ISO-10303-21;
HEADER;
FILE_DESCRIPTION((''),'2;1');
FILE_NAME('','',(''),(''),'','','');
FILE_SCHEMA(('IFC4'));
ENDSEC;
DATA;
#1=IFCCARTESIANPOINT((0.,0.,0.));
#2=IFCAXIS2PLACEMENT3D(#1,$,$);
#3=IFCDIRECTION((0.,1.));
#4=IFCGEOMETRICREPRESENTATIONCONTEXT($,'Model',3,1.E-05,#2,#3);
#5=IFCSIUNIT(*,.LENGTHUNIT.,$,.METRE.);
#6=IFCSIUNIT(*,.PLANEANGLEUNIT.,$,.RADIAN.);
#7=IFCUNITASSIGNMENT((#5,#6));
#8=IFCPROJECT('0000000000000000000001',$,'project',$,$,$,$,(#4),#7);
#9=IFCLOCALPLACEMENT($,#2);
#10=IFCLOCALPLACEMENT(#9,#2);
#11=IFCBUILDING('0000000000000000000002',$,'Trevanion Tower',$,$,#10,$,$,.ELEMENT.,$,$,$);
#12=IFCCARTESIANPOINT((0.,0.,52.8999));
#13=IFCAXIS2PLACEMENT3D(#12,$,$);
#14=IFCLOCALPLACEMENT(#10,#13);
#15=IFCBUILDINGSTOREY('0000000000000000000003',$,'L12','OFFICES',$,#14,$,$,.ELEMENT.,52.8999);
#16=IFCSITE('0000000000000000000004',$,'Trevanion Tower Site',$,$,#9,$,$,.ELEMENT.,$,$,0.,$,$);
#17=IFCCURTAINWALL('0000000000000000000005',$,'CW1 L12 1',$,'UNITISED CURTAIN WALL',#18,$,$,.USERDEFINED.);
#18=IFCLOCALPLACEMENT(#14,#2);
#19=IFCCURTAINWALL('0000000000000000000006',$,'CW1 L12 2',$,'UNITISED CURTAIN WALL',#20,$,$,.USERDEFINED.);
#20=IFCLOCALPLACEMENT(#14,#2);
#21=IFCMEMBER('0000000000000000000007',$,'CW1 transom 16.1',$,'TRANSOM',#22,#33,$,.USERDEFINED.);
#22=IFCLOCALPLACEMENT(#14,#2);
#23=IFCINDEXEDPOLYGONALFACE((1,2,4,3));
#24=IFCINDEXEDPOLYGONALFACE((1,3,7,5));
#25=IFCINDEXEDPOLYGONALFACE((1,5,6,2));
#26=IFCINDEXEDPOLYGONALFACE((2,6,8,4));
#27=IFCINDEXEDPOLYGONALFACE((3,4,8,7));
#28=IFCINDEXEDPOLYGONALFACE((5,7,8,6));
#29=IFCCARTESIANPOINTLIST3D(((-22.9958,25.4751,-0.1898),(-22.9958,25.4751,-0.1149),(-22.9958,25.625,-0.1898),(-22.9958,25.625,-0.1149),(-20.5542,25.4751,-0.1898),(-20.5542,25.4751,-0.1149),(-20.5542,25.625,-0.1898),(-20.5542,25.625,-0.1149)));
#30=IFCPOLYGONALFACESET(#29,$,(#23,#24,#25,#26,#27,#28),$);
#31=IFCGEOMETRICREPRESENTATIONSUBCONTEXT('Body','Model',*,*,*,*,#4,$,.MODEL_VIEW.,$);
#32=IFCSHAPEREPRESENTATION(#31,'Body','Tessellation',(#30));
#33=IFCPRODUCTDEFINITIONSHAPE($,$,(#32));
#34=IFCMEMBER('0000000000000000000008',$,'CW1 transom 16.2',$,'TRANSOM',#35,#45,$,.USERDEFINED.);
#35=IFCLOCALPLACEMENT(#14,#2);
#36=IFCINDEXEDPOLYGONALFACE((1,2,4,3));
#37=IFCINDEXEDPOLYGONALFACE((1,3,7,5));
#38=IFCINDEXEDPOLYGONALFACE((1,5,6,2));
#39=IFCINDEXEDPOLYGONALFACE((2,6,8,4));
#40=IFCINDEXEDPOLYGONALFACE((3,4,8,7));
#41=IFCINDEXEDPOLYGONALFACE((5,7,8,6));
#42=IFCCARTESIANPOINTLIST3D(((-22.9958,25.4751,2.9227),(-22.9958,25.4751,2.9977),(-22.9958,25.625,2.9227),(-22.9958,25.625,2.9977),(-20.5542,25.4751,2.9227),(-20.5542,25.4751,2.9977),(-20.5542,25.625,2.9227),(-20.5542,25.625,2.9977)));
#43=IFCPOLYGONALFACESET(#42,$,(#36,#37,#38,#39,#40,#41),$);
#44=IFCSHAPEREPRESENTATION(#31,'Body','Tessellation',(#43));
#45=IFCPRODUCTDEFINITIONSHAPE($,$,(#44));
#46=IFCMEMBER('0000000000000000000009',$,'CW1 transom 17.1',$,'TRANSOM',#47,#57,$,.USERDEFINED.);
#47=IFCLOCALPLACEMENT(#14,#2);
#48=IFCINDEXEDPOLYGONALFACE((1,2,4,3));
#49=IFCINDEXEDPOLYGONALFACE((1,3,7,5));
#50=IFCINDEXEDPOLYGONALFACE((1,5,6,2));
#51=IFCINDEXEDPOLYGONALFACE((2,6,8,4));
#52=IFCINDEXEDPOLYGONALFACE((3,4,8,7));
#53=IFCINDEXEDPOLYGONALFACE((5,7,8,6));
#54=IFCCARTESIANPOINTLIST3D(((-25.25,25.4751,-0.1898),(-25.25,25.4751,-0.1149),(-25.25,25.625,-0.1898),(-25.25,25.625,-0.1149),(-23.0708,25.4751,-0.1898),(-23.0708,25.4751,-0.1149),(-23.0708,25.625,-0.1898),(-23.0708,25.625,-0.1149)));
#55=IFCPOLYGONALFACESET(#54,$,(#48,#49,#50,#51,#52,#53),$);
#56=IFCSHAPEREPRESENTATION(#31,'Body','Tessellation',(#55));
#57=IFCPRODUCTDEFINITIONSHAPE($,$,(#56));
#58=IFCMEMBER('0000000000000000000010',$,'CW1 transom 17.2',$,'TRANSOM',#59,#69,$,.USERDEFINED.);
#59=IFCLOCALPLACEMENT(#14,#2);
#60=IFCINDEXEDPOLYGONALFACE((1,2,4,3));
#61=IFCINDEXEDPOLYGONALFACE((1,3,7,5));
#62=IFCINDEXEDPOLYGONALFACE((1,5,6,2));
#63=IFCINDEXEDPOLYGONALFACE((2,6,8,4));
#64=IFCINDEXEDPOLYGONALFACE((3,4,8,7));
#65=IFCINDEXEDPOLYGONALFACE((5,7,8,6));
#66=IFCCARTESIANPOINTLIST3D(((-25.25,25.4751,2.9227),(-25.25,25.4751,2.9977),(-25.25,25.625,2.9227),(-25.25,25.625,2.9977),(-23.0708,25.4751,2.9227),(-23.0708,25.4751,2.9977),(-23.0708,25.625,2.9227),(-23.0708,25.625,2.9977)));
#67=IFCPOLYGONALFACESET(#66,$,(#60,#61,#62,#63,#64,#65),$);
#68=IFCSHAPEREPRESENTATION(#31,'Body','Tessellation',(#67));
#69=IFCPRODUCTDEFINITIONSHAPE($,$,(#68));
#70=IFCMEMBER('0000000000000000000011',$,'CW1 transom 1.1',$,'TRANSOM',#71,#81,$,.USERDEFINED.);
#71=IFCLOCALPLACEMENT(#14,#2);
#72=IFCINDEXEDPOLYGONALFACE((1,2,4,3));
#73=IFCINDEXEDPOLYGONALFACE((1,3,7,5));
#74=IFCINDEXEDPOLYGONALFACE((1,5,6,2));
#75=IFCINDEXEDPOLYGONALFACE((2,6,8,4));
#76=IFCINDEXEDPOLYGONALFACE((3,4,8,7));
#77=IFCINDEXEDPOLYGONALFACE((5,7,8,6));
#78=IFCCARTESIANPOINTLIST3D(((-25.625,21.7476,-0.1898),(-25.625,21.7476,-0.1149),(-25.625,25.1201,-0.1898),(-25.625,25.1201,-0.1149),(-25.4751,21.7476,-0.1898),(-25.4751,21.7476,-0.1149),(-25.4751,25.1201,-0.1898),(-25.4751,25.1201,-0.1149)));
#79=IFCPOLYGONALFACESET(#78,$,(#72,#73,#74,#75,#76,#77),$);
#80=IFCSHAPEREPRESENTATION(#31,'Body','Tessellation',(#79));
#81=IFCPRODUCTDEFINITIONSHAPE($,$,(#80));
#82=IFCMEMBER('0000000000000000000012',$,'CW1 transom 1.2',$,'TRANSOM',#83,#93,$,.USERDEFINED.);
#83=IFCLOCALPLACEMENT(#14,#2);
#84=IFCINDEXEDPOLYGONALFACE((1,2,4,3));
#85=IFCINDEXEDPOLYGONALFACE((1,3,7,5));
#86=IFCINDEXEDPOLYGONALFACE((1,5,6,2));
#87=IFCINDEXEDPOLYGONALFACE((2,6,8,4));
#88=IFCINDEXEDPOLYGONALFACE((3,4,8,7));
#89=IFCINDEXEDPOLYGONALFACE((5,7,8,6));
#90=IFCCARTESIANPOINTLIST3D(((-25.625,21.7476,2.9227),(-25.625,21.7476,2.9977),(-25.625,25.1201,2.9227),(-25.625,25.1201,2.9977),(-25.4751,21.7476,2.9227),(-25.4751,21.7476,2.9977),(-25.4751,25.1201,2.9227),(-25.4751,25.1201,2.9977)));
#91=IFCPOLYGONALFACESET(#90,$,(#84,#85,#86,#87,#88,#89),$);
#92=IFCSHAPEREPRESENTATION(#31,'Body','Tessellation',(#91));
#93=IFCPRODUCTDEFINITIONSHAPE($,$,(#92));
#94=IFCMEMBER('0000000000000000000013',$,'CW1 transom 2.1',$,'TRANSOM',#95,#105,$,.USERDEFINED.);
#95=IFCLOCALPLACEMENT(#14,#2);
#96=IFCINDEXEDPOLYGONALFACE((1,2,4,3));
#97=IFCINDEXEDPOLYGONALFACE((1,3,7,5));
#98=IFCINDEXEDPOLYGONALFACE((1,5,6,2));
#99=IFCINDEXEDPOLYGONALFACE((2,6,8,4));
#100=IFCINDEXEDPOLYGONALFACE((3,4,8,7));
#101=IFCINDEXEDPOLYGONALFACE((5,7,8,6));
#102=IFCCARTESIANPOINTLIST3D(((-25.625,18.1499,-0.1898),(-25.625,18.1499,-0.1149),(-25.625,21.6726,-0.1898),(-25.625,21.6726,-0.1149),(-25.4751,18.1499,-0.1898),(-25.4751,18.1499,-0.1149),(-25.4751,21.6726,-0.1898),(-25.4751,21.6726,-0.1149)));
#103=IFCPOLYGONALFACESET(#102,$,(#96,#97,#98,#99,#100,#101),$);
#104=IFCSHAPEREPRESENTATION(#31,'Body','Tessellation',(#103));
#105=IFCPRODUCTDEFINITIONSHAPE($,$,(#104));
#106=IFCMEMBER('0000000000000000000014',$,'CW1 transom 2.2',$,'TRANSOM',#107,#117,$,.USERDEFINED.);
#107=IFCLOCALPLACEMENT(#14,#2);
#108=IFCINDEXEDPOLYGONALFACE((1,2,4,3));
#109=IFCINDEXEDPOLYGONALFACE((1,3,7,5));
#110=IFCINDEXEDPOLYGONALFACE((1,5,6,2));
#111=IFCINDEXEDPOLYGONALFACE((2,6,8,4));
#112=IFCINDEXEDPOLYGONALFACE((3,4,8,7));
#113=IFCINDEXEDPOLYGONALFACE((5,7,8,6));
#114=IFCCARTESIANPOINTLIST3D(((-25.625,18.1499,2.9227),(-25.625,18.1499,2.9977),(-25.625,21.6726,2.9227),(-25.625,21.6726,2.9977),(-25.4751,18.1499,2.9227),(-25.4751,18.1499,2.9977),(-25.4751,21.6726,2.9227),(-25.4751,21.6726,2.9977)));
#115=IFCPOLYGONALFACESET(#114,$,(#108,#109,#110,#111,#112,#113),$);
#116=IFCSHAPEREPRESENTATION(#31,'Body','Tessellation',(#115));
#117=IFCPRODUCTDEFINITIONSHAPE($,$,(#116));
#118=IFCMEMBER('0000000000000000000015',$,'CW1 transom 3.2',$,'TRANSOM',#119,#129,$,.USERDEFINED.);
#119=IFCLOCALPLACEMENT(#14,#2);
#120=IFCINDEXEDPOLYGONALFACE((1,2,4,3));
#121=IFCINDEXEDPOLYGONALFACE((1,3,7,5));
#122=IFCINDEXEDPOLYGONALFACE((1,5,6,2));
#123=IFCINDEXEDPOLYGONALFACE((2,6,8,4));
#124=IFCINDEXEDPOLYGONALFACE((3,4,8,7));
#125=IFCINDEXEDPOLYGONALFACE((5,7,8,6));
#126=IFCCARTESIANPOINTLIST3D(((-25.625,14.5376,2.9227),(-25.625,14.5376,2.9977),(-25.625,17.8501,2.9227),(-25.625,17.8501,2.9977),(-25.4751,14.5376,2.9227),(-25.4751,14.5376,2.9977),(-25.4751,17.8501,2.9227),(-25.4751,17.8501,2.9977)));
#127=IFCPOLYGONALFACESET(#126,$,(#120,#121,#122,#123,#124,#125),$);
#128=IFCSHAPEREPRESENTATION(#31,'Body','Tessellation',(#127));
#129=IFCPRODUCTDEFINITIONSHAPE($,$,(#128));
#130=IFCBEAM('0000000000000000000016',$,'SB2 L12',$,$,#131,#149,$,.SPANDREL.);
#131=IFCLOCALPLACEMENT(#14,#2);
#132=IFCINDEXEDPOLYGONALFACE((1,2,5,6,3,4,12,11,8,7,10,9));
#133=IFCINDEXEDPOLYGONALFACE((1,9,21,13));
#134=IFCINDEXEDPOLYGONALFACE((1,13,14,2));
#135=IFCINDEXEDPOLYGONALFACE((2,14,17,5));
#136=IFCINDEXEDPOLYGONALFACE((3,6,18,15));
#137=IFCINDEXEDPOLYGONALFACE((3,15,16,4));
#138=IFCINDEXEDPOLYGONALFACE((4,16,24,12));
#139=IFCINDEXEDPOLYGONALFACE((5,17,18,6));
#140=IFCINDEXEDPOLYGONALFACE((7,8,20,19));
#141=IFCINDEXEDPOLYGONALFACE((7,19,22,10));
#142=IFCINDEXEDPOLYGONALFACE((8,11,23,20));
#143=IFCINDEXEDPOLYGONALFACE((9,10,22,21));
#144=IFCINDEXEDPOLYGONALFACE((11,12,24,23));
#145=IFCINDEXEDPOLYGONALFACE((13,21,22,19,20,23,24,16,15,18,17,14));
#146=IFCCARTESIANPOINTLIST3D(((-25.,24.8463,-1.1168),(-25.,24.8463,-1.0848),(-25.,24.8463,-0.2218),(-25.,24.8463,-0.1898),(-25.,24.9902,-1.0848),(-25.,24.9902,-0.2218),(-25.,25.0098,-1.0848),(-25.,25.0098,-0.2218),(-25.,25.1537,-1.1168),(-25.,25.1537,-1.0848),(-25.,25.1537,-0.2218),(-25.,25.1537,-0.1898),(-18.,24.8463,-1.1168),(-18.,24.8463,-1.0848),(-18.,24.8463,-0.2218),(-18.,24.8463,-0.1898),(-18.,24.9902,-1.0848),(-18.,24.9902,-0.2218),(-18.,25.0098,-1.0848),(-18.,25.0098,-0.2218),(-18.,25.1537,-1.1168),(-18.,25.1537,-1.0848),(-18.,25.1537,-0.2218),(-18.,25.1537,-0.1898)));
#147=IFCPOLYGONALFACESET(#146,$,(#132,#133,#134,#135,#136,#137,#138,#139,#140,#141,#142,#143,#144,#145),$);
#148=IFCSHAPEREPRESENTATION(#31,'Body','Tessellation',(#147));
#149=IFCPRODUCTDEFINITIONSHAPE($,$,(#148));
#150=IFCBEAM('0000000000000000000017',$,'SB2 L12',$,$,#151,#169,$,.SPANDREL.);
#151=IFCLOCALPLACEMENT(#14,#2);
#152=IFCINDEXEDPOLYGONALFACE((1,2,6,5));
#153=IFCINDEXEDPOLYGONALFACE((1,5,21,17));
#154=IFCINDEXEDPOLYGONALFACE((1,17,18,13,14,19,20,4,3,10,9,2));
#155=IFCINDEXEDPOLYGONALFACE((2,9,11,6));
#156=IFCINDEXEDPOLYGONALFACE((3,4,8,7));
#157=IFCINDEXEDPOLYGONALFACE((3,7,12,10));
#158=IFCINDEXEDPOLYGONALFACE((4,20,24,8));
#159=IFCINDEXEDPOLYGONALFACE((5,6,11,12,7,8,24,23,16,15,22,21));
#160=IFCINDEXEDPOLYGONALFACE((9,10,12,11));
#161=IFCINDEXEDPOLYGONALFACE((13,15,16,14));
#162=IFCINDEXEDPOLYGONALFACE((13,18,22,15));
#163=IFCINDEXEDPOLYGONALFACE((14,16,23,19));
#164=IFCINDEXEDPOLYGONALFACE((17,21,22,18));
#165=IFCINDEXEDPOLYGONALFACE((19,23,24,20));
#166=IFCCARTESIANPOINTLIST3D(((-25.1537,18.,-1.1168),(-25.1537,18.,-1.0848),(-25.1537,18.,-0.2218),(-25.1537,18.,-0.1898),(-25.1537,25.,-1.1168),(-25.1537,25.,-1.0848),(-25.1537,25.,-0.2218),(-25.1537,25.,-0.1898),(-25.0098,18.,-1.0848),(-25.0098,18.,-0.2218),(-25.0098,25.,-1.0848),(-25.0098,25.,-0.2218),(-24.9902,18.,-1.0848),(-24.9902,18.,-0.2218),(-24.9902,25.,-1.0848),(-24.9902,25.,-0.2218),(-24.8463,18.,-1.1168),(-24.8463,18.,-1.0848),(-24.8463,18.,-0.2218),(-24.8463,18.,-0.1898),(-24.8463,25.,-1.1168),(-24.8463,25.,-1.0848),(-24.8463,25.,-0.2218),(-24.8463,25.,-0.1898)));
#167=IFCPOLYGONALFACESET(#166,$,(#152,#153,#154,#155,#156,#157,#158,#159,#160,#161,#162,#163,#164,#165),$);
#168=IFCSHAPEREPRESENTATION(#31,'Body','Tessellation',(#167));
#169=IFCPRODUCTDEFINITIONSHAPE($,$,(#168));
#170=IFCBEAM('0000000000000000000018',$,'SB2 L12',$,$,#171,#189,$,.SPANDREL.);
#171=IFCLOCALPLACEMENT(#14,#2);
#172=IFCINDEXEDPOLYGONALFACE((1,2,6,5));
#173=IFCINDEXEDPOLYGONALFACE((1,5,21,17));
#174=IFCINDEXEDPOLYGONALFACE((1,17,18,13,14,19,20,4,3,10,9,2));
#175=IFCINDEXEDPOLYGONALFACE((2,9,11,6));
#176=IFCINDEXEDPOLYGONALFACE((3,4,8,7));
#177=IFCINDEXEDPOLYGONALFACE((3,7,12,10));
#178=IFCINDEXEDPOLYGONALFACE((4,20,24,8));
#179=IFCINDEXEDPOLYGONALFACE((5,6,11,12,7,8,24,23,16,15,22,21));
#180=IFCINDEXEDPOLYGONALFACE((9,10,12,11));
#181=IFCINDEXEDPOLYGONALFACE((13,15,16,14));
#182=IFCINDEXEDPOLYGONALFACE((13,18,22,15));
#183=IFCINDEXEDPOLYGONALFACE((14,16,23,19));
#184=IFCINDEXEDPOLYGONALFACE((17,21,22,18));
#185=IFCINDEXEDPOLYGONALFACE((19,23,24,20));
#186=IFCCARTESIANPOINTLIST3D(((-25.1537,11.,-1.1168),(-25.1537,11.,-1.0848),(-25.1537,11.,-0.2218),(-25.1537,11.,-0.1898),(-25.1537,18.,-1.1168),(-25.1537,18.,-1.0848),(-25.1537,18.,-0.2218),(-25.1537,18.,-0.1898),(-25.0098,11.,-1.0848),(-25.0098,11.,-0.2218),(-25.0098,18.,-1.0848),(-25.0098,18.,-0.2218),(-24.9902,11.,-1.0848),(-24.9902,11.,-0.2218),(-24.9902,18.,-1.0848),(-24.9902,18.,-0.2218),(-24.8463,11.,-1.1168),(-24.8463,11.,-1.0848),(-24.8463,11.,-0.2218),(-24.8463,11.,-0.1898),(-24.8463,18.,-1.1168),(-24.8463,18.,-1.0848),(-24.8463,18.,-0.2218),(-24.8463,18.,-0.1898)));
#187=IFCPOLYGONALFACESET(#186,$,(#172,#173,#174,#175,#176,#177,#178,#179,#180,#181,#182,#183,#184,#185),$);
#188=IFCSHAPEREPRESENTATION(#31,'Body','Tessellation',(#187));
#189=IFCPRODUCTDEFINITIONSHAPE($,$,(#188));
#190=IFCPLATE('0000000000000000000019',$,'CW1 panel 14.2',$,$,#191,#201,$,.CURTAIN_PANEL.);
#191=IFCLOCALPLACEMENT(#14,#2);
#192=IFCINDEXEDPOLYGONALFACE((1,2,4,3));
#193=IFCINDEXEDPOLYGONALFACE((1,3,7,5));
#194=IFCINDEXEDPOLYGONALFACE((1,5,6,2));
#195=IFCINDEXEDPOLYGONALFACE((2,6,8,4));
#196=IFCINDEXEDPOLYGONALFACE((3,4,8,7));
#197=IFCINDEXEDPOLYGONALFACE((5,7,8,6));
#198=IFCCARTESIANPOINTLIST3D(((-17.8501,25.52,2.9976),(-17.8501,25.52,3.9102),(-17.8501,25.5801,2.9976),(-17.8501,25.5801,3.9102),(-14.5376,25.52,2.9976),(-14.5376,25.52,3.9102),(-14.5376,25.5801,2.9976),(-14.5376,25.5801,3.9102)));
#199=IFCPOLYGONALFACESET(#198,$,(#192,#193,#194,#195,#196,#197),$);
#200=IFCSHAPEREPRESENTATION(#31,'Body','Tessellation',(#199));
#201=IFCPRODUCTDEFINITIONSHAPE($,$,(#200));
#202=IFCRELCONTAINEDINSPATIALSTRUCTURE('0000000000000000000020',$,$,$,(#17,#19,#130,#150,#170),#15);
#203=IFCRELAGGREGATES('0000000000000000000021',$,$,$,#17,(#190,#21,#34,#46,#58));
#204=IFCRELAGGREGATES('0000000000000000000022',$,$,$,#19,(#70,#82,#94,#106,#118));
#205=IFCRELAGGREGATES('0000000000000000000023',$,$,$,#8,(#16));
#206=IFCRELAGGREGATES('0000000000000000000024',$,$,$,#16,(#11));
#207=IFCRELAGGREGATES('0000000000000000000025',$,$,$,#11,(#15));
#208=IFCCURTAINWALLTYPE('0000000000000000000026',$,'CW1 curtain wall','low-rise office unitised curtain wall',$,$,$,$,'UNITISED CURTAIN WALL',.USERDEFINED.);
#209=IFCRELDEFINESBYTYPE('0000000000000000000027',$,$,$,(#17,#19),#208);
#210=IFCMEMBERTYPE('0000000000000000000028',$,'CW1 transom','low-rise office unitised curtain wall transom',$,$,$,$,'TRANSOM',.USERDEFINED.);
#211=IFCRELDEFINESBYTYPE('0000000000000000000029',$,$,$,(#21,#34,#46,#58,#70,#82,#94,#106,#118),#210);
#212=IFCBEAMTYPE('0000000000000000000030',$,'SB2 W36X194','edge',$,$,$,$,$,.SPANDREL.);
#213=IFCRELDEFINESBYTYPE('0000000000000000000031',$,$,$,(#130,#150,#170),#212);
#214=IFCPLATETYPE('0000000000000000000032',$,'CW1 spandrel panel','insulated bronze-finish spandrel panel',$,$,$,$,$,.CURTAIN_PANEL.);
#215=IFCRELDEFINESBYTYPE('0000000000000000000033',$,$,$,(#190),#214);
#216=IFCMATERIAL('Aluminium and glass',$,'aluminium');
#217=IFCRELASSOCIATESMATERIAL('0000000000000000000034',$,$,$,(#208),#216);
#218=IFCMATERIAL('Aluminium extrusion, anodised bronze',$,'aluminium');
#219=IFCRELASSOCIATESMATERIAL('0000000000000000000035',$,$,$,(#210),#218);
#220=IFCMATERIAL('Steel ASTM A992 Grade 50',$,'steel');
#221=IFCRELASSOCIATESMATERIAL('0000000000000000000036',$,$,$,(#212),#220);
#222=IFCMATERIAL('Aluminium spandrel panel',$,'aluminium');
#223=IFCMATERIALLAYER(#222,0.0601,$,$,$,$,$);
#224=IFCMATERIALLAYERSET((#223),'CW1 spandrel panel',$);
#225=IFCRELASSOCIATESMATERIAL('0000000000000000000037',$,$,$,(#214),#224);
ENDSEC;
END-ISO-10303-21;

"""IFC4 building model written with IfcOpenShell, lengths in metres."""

from ifc_helpers import new_model, si_unit, direction, frame, origin, origin_2d, place, context, subcontext, project, spatial, rectangle, i_section, extrude, material, layer, layer_set, material_profile, profile_set, type_object, element, aggregate, save


model = new_model("IFC4")

# Units and contexts
model_context = context("Model", 3, precision=1e-05, world=origin(), true_north=direction((0.0, 1.0)))
body_context = subcontext(model_context, "Body", "Model", "MODEL_VIEW")
ifc_project = project(units=[si_unit("LENGTHUNIT", "METRE"), si_unit("PLANEANGLEUNIT", "RADIAN")], contexts=[model_context])

# Site, building, storey
site_placement = place(None, origin())
site = spatial("IfcSite", under=ifc_project, at=site_placement, Name="Trevanion Tower Site", CompositionType="ELEMENT", RefElevation=0.0)
building_placement = place(site_placement, origin())
building = spatial("IfcBuilding", under=site, at=building_placement, Name="Trevanion Tower", CompositionType="ELEMENT")
storey_placement = place(building_placement, frame((0.0, 0.0, 52.8999)))
storey = spatial("IfcBuildingStorey", under=building, at=storey_placement, Name="L12", Description="OFFICES", CompositionType="ELEMENT", Elevation=52.8999)

# Curtain wall
ifc_material_1 = material(Name="Aluminium and glass", Category="aluminium")
curtain_wall_type = type_object("IfcCurtainWallType", Name="CW1 curtain wall", Description="low-rise office unitised curtain wall", ElementType="UNITISED CURTAIN WALL", PredefinedType="USERDEFINED", material=ifc_material_1)
curtain_wall_1_placement = place(storey_placement, origin())
curtain_wall_1 = element("IfcCurtainWall", 1, at=curtain_wall_1_placement, inside=storey, type_object=curtain_wall_type, Name="CW1 L12 1", ObjectType="UNITISED CURTAIN WALL", PredefinedType="USERDEFINED")

# Curtain wall
curtain_wall_2_placement = place(storey_placement, origin())
curtain_wall_2 = element("IfcCurtainWall", 2, at=curtain_wall_2_placement, inside=storey, type_object=curtain_wall_type, Name="CW1 L12 2", ObjectType="UNITISED CURTAIN WALL", PredefinedType="USERDEFINED")

# Members
ifc_material_2 = material(Name="Aluminium extrusion, anodised bronze", Category="aluminium")
ifc_material_profile_1 = material_profile(ifc_material_2, rectangle(XDim=0.1499, YDim=0.075, at=origin_2d()), Name="CW1 transom")
ifc_profile_set_1 = profile_set([ifc_material_profile_1], Name="Aluminium extrusion, anodised bronze")
member_type_1 = type_object("IfcMemberType", Name="CW1 transom", Description="low-rise office unitised curtain wall transom", ElementType="TRANSOM", PredefinedType="USERDEFINED", material=ifc_profile_set_1)
member_1_placement = place(storey_placement, frame((-20.5542, 25.55, -0.1523), z_axis=(-1.0, 0.0, 0.0), x_axis=(0.0, -1.0, 0.0)))
member_1 = element("IfcMember", 3, at=member_1_placement, type_object=member_type_1, Name="CW1 transom 16.1", ObjectType="TRANSOM", PredefinedType="USERDEFINED", context=body_context, shape_type="SweptSolid", body=[
    extrude(rectangle(XDim=0.1499, YDim=0.075, at=origin_2d()), origin(), (0.0, 0.0, 1.0), 2.4417),
])
member_2_placement = place(storey_placement, frame((-20.5542, 25.55, 2.9602), z_axis=(-1.0, 0.0, 0.0), x_axis=(0.0, -1.0, 0.0)))
member_2 = element("IfcMember", 4, at=member_2_placement, type_object=member_type_1, Name="CW1 transom 16.2", ObjectType="TRANSOM", PredefinedType="USERDEFINED", context=body_context, shape_type="SweptSolid", body=[
    extrude(rectangle(XDim=0.1499, YDim=0.075, at=origin_2d()), origin(), (0.0, 0.0, 1.0), 2.4417),
])
member_3_placement = place(storey_placement, frame((-23.0708, 25.55, -0.1523), z_axis=(-1.0, 0.0, 0.0), x_axis=(0.0, -1.0, 0.0)))
member_3 = element("IfcMember", 5, at=member_3_placement, type_object=member_type_1, Name="CW1 transom 17.1", ObjectType="TRANSOM", PredefinedType="USERDEFINED", context=body_context, shape_type="SweptSolid", body=[
    extrude(rectangle(XDim=0.1499, YDim=0.075, at=origin_2d()), origin(), (0.0, 0.0, 1.0), 2.1792),
])
member_4_placement = place(storey_placement, frame((-23.0708, 25.55, 2.9602), z_axis=(-1.0, 0.0, 0.0), x_axis=(0.0, -1.0, 0.0)))
member_4 = element("IfcMember", 6, at=member_4_placement, type_object=member_type_1, Name="CW1 transom 17.2", ObjectType="TRANSOM", PredefinedType="USERDEFINED", context=body_context, shape_type="SweptSolid", body=[
    extrude(rectangle(XDim=0.1499, YDim=0.075, at=origin_2d()), origin(), (0.0, 0.0, 1.0), 2.1792),
])
member_5_placement = place(storey_placement, frame((-25.55, 25.1201, -0.1523), z_axis=(0.0, -1.0, 0.0), x_axis=(1.0, 0.0, 0.0)))
member_5 = element("IfcMember", 7, at=member_5_placement, type_object=member_type_1, Name="CW1 transom 1.1", ObjectType="TRANSOM", PredefinedType="USERDEFINED", context=body_context, shape_type="SweptSolid", body=[
    extrude(rectangle(XDim=0.1499, YDim=0.075, at=origin_2d()), origin(), (0.0, 0.0, 1.0), 3.3726),
])
member_6_placement = place(storey_placement, frame((-25.55, 25.1201, 2.9602), z_axis=(0.0, -1.0, 0.0), x_axis=(1.0, 0.0, 0.0)))
member_6 = element("IfcMember", 8, at=member_6_placement, type_object=member_type_1, Name="CW1 transom 1.2", ObjectType="TRANSOM", PredefinedType="USERDEFINED", context=body_context, shape_type="SweptSolid", body=[
    extrude(rectangle(XDim=0.1499, YDim=0.075, at=origin_2d()), origin(), (0.0, 0.0, 1.0), 3.3726),
])
member_7_placement = place(storey_placement, frame((-25.55, 21.6726, -0.1523), z_axis=(0.0, -1.0, 0.0), x_axis=(1.0, 0.0, 0.0)))
member_7 = element("IfcMember", 9, at=member_7_placement, type_object=member_type_1, Name="CW1 transom 2.1", ObjectType="TRANSOM", PredefinedType="USERDEFINED", context=body_context, shape_type="SweptSolid", body=[
    extrude(rectangle(XDim=0.1499, YDim=0.075, at=origin_2d()), origin(), (0.0, 0.0, 1.0), 3.5227),
])
member_8_placement = place(storey_placement, frame((-25.55, 21.6726, 2.9602), z_axis=(0.0, -1.0, 0.0), x_axis=(1.0, 0.0, 0.0)))
member_8 = element("IfcMember", 10, at=member_8_placement, type_object=member_type_1, Name="CW1 transom 2.2", ObjectType="TRANSOM", PredefinedType="USERDEFINED", context=body_context, shape_type="SweptSolid", body=[
    extrude(rectangle(XDim=0.1499, YDim=0.075, at=origin_2d()), origin(), (0.0, 0.0, 1.0), 3.5227),
])
member_9_placement = place(storey_placement, frame((-25.55, 17.8501, 2.9602), z_axis=(0.0, -1.0, 0.0), x_axis=(1.0, 0.0, 0.0)))
member_9 = element("IfcMember", 11, at=member_9_placement, type_object=member_type_1, Name="CW1 transom 3.2", ObjectType="TRANSOM", PredefinedType="USERDEFINED", context=body_context, shape_type="SweptSolid", body=[
    extrude(rectangle(XDim=0.1499, YDim=0.075, at=origin_2d()), origin(), (0.0, 0.0, 1.0), 3.3125),
])

# Beams
ifc_material_3 = material(Name="Steel ASTM A992 Grade 50", Category="steel")
ifc_material_profile_2 = material_profile(ifc_material_3, i_section(OverallWidth=0.3074, OverallDepth=0.927, WebThickness=0.0195, FlangeThickness=0.032, at=origin_2d()), Name="W36X194")
ifc_profile_set_2 = profile_set([ifc_material_profile_2], Name="Steel ASTM A992 Grade 50")
beam_type = type_object("IfcBeamType", Name="SB2 W36X194", Description="edge", PredefinedType="SPANDREL", material=ifc_profile_set_2)
for number, where, z_axis, x_axis, name in (
    (12, (-18.0, 25.0, -0.6533), (-1.0, 0.0, 0.0), (0.0, -1.0, 0.0), "SB2 L12"),
    (13, (-25.0, 25.0, -0.6533), (0.0, -1.0, 0.0), (1.0, 0.0, 0.0), "SB2 L12"),
    (14, (-25.0, 18.0, -0.6533), (0.0, -1.0, 0.0), (1.0, 0.0, 0.0), "SB2 L12"),
):
    element("IfcBeam", number, at=place(storey_placement, frame(where, z_axis=z_axis, x_axis=x_axis)), inside=storey, type_object=beam_type, Name=name, PredefinedType="SPANDREL", context=body_context, shape_type="SweptSolid", body=[
        extrude(i_section(OverallWidth=0.3074, OverallDepth=0.927, WebThickness=0.0195, FlangeThickness=0.032, at=origin_2d()), origin(), (0.0, 0.0, 1.0), 7.0),
    ])

# Plate
ifc_material_4 = material(Name="Aluminium spandrel panel", Category="aluminium")
ifc_layer_1 = layer(ifc_material_4, 0.0601)
ifc_layer_set_1 = layer_set([ifc_layer_1], Name="CW1 spandrel panel")
plate_type_1 = type_object("IfcPlateType", Name="CW1 spandrel panel", Description="insulated bronze-finish spandrel panel", PredefinedType="CURTAIN_PANEL", material=ifc_layer_set_1)
plate_1_placement = place(storey_placement, frame((-16.1938, 25.55, 2.9976), z_axis=(0.0, 0.0, 1.0), x_axis=(-1.0, 0.0, 0.0)))
plate_1 = element("IfcPlate", 15, at=plate_1_placement, type_object=plate_type_1, Name="CW1 panel 14.2", PredefinedType="CURTAIN_PANEL", context=body_context, shape_type="SweptSolid", body=[
    extrude(rectangle(XDim=3.3125, YDim=0.0601, at=origin_2d()), origin(), (0.0, 0.0, 1.0), 0.9126),
])
aggregate(curtain_wall_1, [plate_1, member_1, member_2, member_3, member_4])
aggregate(curtain_wall_2, [member_5, member_6, member_7, member_8, member_9])

save(model, "model.ifc")
